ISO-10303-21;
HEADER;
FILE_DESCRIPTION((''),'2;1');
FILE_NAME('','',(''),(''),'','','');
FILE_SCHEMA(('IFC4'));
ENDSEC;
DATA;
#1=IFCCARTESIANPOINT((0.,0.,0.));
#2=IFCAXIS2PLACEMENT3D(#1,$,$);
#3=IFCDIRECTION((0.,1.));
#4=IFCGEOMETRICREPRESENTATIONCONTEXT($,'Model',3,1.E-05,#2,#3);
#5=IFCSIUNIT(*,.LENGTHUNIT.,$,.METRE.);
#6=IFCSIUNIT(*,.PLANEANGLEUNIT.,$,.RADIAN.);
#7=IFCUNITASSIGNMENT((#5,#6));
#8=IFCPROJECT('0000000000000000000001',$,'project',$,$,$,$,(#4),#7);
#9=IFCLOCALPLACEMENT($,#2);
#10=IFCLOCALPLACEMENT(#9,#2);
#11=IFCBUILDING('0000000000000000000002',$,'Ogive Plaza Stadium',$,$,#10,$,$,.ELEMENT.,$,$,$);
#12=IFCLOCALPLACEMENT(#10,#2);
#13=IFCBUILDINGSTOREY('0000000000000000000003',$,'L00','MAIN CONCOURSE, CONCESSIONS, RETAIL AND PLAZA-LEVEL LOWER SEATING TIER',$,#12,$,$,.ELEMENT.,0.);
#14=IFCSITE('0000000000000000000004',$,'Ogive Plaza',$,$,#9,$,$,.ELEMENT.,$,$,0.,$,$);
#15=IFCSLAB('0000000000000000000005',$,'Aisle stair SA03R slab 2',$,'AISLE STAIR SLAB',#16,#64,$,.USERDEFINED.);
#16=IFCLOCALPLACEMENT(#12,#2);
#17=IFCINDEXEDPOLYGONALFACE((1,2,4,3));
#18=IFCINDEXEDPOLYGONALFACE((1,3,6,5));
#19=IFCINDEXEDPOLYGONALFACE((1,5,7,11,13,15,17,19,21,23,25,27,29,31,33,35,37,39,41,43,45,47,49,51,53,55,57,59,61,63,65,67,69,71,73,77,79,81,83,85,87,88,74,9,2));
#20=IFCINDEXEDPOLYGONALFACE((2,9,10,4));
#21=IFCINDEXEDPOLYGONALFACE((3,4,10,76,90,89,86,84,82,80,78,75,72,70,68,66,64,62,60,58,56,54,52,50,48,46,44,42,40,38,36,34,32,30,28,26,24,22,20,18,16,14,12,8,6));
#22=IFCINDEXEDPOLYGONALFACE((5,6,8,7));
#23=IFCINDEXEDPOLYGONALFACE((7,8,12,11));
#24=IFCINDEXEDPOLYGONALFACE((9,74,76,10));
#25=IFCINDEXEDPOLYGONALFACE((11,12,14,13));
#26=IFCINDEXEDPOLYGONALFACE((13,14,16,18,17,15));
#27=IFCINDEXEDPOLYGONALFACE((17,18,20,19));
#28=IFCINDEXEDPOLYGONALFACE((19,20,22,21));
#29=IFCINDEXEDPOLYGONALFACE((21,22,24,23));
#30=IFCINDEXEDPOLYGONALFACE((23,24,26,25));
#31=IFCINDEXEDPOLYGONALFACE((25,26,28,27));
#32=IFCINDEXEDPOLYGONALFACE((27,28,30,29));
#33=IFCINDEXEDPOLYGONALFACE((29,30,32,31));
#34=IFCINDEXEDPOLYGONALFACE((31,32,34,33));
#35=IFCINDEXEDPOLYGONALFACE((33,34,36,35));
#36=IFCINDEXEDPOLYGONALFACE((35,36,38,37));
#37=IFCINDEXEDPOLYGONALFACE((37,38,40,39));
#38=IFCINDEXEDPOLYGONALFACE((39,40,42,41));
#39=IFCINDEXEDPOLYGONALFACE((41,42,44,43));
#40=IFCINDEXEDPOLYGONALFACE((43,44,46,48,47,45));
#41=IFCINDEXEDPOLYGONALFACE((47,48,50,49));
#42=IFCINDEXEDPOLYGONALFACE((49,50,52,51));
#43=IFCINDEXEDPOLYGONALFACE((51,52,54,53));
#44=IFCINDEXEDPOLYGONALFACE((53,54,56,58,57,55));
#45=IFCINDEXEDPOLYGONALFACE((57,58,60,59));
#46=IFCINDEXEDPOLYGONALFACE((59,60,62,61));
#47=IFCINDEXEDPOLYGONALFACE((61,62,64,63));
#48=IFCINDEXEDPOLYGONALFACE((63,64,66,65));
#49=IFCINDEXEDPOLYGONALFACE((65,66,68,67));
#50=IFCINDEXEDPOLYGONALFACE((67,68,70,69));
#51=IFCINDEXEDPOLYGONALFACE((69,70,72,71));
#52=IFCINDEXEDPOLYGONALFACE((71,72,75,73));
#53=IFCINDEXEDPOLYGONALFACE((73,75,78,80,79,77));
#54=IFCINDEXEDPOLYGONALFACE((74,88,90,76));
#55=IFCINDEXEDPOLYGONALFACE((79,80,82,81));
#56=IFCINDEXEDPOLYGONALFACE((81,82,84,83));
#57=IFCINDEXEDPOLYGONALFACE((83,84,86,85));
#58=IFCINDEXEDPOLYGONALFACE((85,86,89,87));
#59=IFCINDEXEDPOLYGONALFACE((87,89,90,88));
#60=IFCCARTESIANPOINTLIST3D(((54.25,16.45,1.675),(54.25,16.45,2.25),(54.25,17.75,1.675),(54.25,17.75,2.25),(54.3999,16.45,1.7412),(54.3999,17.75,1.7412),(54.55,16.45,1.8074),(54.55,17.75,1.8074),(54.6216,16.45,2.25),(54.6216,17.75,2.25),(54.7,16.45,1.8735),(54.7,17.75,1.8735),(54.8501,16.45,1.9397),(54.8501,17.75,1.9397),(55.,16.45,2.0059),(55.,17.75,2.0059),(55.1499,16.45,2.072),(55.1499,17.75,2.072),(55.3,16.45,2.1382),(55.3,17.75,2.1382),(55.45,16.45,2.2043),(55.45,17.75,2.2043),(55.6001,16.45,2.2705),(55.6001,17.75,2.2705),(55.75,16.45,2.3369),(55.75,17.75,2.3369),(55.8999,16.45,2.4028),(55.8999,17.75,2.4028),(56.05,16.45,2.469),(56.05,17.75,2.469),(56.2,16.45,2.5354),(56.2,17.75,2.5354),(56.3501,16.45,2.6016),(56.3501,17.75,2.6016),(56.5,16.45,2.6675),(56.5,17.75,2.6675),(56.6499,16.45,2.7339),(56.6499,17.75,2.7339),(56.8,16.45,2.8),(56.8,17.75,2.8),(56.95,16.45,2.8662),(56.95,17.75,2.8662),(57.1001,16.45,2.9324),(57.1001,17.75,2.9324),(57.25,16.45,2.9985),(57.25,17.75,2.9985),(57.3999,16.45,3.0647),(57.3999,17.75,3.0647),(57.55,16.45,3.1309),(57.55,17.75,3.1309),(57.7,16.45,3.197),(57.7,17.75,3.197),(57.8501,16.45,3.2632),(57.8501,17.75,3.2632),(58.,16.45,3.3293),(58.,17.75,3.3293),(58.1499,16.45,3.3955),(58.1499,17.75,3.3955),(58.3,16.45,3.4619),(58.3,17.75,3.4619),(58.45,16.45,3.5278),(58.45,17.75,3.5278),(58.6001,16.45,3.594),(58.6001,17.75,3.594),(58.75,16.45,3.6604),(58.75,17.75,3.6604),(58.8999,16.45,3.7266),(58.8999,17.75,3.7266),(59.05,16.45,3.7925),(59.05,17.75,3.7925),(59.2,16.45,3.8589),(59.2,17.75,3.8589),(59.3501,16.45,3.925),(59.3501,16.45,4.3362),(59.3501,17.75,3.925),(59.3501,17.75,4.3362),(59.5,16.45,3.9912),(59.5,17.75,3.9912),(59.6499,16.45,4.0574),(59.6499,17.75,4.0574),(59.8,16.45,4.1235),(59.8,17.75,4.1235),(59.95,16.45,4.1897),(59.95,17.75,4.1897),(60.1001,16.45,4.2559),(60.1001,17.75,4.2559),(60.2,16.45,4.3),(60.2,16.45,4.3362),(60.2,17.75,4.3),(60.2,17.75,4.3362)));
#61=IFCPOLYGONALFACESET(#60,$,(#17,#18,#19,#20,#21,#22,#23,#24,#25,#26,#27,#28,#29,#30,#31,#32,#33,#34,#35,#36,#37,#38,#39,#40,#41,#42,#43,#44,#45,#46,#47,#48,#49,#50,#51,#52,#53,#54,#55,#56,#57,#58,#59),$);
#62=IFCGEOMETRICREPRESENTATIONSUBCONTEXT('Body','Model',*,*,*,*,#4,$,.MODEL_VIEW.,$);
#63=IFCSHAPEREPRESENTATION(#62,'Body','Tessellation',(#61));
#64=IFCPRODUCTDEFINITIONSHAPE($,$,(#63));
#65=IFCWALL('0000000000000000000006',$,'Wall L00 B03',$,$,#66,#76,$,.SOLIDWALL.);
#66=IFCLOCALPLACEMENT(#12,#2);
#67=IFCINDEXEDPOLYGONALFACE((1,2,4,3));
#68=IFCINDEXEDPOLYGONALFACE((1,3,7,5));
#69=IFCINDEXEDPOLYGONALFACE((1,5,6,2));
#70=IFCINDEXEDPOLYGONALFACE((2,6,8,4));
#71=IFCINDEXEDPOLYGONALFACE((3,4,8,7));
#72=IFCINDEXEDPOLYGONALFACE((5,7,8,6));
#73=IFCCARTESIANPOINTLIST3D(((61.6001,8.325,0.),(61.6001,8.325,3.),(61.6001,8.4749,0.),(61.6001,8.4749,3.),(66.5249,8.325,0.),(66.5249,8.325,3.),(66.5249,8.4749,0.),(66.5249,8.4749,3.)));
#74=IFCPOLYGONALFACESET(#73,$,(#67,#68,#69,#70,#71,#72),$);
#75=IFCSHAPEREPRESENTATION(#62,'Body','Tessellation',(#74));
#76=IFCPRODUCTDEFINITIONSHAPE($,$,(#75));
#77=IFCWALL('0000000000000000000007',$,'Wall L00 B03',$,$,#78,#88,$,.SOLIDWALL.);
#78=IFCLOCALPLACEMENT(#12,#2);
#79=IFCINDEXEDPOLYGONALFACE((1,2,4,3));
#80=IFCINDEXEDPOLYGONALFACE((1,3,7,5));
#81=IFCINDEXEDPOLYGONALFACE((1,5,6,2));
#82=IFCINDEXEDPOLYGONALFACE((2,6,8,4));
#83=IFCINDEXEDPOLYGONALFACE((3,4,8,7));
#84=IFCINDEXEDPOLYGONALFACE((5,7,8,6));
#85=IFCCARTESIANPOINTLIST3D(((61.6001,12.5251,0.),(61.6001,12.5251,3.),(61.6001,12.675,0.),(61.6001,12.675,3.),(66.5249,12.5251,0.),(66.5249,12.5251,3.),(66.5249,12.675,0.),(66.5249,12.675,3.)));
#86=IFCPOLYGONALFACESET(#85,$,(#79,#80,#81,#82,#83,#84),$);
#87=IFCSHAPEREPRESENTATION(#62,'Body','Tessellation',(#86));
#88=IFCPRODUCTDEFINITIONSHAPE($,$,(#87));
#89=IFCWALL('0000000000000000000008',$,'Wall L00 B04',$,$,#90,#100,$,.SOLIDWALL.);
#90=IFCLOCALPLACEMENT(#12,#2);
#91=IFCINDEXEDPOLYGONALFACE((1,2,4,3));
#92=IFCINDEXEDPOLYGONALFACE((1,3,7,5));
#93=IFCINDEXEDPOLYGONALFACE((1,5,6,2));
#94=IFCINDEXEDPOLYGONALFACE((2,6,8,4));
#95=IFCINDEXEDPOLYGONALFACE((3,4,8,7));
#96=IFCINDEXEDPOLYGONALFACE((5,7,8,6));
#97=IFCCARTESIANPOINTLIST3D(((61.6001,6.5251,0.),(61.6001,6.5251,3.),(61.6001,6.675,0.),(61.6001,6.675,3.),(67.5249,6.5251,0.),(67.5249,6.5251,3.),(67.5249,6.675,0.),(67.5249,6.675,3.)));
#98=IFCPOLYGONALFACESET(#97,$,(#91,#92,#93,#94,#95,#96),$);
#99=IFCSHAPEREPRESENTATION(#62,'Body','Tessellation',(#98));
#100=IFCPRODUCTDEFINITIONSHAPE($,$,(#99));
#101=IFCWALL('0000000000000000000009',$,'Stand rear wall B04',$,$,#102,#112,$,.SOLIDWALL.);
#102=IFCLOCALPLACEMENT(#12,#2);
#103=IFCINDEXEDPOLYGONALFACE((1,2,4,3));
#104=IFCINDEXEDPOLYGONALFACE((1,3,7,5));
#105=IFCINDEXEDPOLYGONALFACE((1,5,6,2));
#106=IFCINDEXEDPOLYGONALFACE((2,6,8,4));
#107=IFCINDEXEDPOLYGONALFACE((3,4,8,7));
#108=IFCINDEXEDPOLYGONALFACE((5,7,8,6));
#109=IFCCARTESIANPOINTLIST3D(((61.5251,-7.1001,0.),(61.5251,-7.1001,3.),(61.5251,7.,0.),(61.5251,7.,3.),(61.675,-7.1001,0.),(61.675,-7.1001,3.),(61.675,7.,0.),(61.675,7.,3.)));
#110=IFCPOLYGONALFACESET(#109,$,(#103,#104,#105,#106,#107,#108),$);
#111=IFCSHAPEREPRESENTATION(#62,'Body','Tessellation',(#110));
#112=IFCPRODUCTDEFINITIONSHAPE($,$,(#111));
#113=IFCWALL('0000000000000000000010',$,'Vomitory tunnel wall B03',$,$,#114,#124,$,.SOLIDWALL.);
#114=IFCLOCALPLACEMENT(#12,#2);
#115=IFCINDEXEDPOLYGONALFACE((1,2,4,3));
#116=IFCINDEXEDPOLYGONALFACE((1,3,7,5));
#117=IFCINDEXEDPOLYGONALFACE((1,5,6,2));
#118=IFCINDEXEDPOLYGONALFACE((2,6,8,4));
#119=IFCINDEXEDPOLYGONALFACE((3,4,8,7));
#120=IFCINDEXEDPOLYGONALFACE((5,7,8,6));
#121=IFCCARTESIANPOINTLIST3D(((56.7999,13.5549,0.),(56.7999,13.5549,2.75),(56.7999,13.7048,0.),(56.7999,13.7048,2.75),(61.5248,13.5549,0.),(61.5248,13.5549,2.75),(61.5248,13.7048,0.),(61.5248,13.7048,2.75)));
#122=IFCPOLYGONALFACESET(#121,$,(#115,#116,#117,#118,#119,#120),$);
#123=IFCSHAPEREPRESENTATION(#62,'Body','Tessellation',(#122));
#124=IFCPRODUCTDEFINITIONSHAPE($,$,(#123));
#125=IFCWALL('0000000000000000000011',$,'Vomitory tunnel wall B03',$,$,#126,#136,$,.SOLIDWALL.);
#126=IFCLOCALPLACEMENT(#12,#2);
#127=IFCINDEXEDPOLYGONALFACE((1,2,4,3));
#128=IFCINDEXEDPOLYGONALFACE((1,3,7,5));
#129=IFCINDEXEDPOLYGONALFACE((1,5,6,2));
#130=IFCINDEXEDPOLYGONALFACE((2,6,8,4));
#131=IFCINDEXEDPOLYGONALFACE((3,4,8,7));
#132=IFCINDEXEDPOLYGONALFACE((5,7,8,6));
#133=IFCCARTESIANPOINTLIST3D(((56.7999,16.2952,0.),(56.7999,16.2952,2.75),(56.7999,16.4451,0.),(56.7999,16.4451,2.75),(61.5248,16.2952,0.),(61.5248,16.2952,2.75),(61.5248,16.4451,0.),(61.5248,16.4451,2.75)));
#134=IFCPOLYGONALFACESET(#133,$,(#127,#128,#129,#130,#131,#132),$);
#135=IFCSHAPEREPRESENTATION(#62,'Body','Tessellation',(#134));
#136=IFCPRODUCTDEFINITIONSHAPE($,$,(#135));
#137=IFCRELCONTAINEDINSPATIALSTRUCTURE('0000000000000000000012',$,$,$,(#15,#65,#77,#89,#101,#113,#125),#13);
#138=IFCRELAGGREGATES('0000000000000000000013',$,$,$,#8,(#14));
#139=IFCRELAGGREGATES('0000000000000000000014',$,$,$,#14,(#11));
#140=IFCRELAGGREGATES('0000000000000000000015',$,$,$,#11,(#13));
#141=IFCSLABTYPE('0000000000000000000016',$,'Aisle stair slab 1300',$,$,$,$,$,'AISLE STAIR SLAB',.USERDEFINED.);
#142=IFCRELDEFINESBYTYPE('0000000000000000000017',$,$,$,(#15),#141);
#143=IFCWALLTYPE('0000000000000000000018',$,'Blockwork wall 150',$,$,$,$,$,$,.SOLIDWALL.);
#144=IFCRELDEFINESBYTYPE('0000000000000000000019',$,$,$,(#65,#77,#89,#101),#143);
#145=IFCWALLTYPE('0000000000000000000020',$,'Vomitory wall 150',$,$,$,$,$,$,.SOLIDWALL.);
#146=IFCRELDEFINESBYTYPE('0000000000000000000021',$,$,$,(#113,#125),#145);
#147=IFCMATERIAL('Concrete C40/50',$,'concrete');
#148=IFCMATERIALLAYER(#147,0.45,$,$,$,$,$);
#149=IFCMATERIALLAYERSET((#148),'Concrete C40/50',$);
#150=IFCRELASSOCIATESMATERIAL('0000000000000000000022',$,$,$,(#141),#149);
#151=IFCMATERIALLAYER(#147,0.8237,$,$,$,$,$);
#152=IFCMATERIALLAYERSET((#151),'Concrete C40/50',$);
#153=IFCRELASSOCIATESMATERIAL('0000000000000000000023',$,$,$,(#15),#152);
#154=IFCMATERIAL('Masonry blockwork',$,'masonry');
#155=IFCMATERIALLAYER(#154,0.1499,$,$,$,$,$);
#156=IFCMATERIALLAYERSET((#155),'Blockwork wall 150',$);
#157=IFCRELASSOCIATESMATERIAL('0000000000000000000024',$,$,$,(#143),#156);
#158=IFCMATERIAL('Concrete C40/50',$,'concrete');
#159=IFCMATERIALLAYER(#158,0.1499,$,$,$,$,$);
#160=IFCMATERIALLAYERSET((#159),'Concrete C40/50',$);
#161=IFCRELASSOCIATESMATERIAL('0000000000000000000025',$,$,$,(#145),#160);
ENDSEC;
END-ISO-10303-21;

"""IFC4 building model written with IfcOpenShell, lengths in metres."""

from ifc_helpers import new_model, si_unit, direction, frame, frame_2d, origin, place, context, subcontext, project, spatial, polyline, rectangle, outline, extrude, material, layer, layer_set, type_object, element, save


model = new_model("IFC4")

# Units and contexts
model_context = context("Model", 3, precision=1e-05, world=origin(), true_north=direction((0.0, 1.0)))
body_context = subcontext(model_context, "Body", "Model", "MODEL_VIEW")
ifc_project = project(units=[si_unit("LENGTHUNIT", "METRE"), si_unit("PLANEANGLEUNIT", "RADIAN")], contexts=[model_context])

# Site, building, storey
site_placement = place(None, origin())
site = spatial("IfcSite", under=ifc_project, at=site_placement, Name="Ogive Plaza", CompositionType="ELEMENT", RefElevation=0.0)
building_placement = place(site_placement, origin())
building = spatial("IfcBuilding", under=site, at=building_placement, Name="Ogive Plaza Stadium", CompositionType="ELEMENT")
storey_placement = place(building_placement, origin())
storey = spatial("IfcBuildingStorey", under=building, at=storey_placement, Name="L00", Description="MAIN CONCOURSE, CONCESSIONS, RETAIL AND PLAZA-LEVEL LOWER SEATING TIER", CompositionType="ELEMENT", Elevation=0.0)

# Slab
ifc_material_1 = material(Name="Concrete C40/50", Category="concrete")
ifc_layer_1 = layer(ifc_material_1, 0.45)
ifc_layer_set_1 = layer_set([ifc_layer_1], Name="Concrete C40/50")
slab_type = type_object("IfcSlabType", Name="Aisle stair slab 1300", ElementType="AISLE STAIR SLAB", PredefinedType="USERDEFINED", material=ifc_layer_set_1)
ifc_layer_2 = layer(ifc_material_1, 0.8237)
ifc_layer_set_2 = layer_set([ifc_layer_2], Name="Concrete C40/50")
slab_1_placement = place(storey_placement, frame((54.25, 17.1001, 0.0), z_axis=(0.0, 0.0, 1.0), x_axis=(1.0, 0.0, 0.0)))
element("IfcSlab", 1, at=slab_1_placement, inside=storey, type_object=slab_type, material=ifc_layer_set_2, Name="Aisle stair SA03R slab 2", ObjectType="AISLE STAIR SLAB", PredefinedType="USERDEFINED", context=body_context, shape_type="SweptSolid", body=[
    extrude(outline(polyline([(0.0, 2.25), (0.3716, 2.25), (5.1001, 4.3362), (5.95, 4.3362), (5.95, 4.3), (5.8501, 4.2559), (5.7, 4.1897), (5.55, 4.1235), (5.3999, 4.0574), (5.25, 3.9912), (5.1001, 3.925), (4.95, 3.8589), (4.8, 3.7925), (4.6499, 3.7266), (4.5, 3.6604), (4.3501, 3.594), (4.2, 3.5278), (4.05, 3.4619), (3.8999, 3.3955), (3.75, 3.3293), (3.6001, 3.2632), (3.45, 3.197), (3.3, 3.1309), (3.1499, 3.0647), (3.0, 2.9985), (2.8501, 2.9324), (2.7, 2.8662), (2.55, 2.8), (2.3999, 2.7339), (2.25, 2.6675), (2.1001, 2.6016), (1.95, 2.5354), (1.8, 2.469), (1.6499, 2.4028), (1.5, 2.3369), (1.3501, 2.2705), (1.2, 2.2043), (1.05, 2.1382), (0.8999, 2.072), (0.75, 2.0059), (0.6001, 1.9397), (0.45, 1.8735), (0.3, 1.8074), (0.1499, 1.7412), (0.0, 1.675), (0.0, 2.25)])), frame((0.0, 0.6499, 0.0), z_axis=(0.0, -1.0, 0.0), x_axis=(1.0, 0.0, 0.0)), (0.0, 0.0, 1.0), 1.3),
])

# Walls
ifc_material_2 = material(Name="Masonry blockwork", Category="masonry")
ifc_layer_3 = layer(ifc_material_2, 0.1499)
ifc_layer_set_3 = layer_set([ifc_layer_3], Name="Blockwork wall 150")
wall_type_1 = type_object("IfcWallType", Name="Blockwork wall 150", PredefinedType="SOLIDWALL", material=ifc_layer_set_3)
for number, where, z_axis, x_axis, name in (
    (2, (61.6001, 8.3999, 0.0), (0.0, 0.0, 1.0), (1.0, 0.0, 0.0), "Wall L00 B03"),
    (3, (61.6001, 12.6001, 0.0), (0.0, 0.0, 1.0), (1.0, 0.0, 0.0), "Wall L00 B03"),
):
    element("IfcWall", number, at=place(storey_placement, frame(where, z_axis=z_axis, x_axis=x_axis)), inside=storey, type_object=wall_type_1, Name=name, PredefinedType="SOLIDWALL", context=body_context, shape_type="SweptSolid", body=[
        extrude(rectangle(XDim=4.9248, YDim=0.1499, at=frame_2d((2.4624, 0.0))), origin(), (0.0, 0.0, 1.0), 3.0),
    ])
wall_1_placement = place(storey_placement, frame((61.6001, 6.6001, 0.0), z_axis=(0.0, 0.0, 1.0), x_axis=(1.0, 0.0, 0.0)))
element("IfcWall", 4, at=wall_1_placement, inside=storey, type_object=wall_type_1, Name="Wall L00 B04", PredefinedType="SOLIDWALL", context=body_context, shape_type="SweptSolid", body=[
    extrude(rectangle(XDim=5.9248, YDim=0.1499, at=frame_2d((2.9624, 0.0))), origin(), (0.0, 0.0, 1.0), 3.0),
])
wall_2_placement = place(storey_placement, frame((61.6001, 7.0, 0.0), z_axis=(0.0, 0.0, 1.0), x_axis=(0.0, -1.0, 0.0)))
element("IfcWall", 5, at=wall_2_placement, inside=storey, type_object=wall_type_1, Name="Stand rear wall B04", PredefinedType="SOLIDWALL", context=body_context, shape_type="SweptSolid", body=[
    extrude(rectangle(XDim=14.1001, YDim=0.1499, at=frame_2d((7.05, 0.0))), origin(), (0.0, 0.0, 1.0), 3.0),
])
ifc_material_3 = material(Name="Concrete C40/50", Category="concrete")
ifc_layer_4 = layer(ifc_material_3, 0.1499)
ifc_layer_set_4 = layer_set([ifc_layer_4], Name="Concrete C40/50")
wall_type_2 = type_object("IfcWallType", Name="Vomitory wall 150", PredefinedType="SOLIDWALL", material=ifc_layer_set_4)
for number, where, z_axis, x_axis, name in (
    (6, (56.8, 13.6299, 0.0), (0.0, 0.0, 1.0), (1.0, 0.0, 0.0), "Vomitory tunnel wall B03"),
    (7, (56.8, 16.3701, 0.0), (0.0, 0.0, 1.0), (1.0, 0.0, 0.0), "Vomitory tunnel wall B03"),
):
    element("IfcWall", number, at=place(storey_placement, frame(where, z_axis=z_axis, x_axis=x_axis)), inside=storey, type_object=wall_type_2, Name=name, PredefinedType="SOLIDWALL", context=body_context, shape_type="SweptSolid", body=[
        extrude(rectangle(XDim=4.7249, YDim=0.1499, at=frame_2d((2.3623, 0.0))), origin(), (0.0, 0.0, 1.0), 2.75),
    ])

save(model, "model.ifc")
